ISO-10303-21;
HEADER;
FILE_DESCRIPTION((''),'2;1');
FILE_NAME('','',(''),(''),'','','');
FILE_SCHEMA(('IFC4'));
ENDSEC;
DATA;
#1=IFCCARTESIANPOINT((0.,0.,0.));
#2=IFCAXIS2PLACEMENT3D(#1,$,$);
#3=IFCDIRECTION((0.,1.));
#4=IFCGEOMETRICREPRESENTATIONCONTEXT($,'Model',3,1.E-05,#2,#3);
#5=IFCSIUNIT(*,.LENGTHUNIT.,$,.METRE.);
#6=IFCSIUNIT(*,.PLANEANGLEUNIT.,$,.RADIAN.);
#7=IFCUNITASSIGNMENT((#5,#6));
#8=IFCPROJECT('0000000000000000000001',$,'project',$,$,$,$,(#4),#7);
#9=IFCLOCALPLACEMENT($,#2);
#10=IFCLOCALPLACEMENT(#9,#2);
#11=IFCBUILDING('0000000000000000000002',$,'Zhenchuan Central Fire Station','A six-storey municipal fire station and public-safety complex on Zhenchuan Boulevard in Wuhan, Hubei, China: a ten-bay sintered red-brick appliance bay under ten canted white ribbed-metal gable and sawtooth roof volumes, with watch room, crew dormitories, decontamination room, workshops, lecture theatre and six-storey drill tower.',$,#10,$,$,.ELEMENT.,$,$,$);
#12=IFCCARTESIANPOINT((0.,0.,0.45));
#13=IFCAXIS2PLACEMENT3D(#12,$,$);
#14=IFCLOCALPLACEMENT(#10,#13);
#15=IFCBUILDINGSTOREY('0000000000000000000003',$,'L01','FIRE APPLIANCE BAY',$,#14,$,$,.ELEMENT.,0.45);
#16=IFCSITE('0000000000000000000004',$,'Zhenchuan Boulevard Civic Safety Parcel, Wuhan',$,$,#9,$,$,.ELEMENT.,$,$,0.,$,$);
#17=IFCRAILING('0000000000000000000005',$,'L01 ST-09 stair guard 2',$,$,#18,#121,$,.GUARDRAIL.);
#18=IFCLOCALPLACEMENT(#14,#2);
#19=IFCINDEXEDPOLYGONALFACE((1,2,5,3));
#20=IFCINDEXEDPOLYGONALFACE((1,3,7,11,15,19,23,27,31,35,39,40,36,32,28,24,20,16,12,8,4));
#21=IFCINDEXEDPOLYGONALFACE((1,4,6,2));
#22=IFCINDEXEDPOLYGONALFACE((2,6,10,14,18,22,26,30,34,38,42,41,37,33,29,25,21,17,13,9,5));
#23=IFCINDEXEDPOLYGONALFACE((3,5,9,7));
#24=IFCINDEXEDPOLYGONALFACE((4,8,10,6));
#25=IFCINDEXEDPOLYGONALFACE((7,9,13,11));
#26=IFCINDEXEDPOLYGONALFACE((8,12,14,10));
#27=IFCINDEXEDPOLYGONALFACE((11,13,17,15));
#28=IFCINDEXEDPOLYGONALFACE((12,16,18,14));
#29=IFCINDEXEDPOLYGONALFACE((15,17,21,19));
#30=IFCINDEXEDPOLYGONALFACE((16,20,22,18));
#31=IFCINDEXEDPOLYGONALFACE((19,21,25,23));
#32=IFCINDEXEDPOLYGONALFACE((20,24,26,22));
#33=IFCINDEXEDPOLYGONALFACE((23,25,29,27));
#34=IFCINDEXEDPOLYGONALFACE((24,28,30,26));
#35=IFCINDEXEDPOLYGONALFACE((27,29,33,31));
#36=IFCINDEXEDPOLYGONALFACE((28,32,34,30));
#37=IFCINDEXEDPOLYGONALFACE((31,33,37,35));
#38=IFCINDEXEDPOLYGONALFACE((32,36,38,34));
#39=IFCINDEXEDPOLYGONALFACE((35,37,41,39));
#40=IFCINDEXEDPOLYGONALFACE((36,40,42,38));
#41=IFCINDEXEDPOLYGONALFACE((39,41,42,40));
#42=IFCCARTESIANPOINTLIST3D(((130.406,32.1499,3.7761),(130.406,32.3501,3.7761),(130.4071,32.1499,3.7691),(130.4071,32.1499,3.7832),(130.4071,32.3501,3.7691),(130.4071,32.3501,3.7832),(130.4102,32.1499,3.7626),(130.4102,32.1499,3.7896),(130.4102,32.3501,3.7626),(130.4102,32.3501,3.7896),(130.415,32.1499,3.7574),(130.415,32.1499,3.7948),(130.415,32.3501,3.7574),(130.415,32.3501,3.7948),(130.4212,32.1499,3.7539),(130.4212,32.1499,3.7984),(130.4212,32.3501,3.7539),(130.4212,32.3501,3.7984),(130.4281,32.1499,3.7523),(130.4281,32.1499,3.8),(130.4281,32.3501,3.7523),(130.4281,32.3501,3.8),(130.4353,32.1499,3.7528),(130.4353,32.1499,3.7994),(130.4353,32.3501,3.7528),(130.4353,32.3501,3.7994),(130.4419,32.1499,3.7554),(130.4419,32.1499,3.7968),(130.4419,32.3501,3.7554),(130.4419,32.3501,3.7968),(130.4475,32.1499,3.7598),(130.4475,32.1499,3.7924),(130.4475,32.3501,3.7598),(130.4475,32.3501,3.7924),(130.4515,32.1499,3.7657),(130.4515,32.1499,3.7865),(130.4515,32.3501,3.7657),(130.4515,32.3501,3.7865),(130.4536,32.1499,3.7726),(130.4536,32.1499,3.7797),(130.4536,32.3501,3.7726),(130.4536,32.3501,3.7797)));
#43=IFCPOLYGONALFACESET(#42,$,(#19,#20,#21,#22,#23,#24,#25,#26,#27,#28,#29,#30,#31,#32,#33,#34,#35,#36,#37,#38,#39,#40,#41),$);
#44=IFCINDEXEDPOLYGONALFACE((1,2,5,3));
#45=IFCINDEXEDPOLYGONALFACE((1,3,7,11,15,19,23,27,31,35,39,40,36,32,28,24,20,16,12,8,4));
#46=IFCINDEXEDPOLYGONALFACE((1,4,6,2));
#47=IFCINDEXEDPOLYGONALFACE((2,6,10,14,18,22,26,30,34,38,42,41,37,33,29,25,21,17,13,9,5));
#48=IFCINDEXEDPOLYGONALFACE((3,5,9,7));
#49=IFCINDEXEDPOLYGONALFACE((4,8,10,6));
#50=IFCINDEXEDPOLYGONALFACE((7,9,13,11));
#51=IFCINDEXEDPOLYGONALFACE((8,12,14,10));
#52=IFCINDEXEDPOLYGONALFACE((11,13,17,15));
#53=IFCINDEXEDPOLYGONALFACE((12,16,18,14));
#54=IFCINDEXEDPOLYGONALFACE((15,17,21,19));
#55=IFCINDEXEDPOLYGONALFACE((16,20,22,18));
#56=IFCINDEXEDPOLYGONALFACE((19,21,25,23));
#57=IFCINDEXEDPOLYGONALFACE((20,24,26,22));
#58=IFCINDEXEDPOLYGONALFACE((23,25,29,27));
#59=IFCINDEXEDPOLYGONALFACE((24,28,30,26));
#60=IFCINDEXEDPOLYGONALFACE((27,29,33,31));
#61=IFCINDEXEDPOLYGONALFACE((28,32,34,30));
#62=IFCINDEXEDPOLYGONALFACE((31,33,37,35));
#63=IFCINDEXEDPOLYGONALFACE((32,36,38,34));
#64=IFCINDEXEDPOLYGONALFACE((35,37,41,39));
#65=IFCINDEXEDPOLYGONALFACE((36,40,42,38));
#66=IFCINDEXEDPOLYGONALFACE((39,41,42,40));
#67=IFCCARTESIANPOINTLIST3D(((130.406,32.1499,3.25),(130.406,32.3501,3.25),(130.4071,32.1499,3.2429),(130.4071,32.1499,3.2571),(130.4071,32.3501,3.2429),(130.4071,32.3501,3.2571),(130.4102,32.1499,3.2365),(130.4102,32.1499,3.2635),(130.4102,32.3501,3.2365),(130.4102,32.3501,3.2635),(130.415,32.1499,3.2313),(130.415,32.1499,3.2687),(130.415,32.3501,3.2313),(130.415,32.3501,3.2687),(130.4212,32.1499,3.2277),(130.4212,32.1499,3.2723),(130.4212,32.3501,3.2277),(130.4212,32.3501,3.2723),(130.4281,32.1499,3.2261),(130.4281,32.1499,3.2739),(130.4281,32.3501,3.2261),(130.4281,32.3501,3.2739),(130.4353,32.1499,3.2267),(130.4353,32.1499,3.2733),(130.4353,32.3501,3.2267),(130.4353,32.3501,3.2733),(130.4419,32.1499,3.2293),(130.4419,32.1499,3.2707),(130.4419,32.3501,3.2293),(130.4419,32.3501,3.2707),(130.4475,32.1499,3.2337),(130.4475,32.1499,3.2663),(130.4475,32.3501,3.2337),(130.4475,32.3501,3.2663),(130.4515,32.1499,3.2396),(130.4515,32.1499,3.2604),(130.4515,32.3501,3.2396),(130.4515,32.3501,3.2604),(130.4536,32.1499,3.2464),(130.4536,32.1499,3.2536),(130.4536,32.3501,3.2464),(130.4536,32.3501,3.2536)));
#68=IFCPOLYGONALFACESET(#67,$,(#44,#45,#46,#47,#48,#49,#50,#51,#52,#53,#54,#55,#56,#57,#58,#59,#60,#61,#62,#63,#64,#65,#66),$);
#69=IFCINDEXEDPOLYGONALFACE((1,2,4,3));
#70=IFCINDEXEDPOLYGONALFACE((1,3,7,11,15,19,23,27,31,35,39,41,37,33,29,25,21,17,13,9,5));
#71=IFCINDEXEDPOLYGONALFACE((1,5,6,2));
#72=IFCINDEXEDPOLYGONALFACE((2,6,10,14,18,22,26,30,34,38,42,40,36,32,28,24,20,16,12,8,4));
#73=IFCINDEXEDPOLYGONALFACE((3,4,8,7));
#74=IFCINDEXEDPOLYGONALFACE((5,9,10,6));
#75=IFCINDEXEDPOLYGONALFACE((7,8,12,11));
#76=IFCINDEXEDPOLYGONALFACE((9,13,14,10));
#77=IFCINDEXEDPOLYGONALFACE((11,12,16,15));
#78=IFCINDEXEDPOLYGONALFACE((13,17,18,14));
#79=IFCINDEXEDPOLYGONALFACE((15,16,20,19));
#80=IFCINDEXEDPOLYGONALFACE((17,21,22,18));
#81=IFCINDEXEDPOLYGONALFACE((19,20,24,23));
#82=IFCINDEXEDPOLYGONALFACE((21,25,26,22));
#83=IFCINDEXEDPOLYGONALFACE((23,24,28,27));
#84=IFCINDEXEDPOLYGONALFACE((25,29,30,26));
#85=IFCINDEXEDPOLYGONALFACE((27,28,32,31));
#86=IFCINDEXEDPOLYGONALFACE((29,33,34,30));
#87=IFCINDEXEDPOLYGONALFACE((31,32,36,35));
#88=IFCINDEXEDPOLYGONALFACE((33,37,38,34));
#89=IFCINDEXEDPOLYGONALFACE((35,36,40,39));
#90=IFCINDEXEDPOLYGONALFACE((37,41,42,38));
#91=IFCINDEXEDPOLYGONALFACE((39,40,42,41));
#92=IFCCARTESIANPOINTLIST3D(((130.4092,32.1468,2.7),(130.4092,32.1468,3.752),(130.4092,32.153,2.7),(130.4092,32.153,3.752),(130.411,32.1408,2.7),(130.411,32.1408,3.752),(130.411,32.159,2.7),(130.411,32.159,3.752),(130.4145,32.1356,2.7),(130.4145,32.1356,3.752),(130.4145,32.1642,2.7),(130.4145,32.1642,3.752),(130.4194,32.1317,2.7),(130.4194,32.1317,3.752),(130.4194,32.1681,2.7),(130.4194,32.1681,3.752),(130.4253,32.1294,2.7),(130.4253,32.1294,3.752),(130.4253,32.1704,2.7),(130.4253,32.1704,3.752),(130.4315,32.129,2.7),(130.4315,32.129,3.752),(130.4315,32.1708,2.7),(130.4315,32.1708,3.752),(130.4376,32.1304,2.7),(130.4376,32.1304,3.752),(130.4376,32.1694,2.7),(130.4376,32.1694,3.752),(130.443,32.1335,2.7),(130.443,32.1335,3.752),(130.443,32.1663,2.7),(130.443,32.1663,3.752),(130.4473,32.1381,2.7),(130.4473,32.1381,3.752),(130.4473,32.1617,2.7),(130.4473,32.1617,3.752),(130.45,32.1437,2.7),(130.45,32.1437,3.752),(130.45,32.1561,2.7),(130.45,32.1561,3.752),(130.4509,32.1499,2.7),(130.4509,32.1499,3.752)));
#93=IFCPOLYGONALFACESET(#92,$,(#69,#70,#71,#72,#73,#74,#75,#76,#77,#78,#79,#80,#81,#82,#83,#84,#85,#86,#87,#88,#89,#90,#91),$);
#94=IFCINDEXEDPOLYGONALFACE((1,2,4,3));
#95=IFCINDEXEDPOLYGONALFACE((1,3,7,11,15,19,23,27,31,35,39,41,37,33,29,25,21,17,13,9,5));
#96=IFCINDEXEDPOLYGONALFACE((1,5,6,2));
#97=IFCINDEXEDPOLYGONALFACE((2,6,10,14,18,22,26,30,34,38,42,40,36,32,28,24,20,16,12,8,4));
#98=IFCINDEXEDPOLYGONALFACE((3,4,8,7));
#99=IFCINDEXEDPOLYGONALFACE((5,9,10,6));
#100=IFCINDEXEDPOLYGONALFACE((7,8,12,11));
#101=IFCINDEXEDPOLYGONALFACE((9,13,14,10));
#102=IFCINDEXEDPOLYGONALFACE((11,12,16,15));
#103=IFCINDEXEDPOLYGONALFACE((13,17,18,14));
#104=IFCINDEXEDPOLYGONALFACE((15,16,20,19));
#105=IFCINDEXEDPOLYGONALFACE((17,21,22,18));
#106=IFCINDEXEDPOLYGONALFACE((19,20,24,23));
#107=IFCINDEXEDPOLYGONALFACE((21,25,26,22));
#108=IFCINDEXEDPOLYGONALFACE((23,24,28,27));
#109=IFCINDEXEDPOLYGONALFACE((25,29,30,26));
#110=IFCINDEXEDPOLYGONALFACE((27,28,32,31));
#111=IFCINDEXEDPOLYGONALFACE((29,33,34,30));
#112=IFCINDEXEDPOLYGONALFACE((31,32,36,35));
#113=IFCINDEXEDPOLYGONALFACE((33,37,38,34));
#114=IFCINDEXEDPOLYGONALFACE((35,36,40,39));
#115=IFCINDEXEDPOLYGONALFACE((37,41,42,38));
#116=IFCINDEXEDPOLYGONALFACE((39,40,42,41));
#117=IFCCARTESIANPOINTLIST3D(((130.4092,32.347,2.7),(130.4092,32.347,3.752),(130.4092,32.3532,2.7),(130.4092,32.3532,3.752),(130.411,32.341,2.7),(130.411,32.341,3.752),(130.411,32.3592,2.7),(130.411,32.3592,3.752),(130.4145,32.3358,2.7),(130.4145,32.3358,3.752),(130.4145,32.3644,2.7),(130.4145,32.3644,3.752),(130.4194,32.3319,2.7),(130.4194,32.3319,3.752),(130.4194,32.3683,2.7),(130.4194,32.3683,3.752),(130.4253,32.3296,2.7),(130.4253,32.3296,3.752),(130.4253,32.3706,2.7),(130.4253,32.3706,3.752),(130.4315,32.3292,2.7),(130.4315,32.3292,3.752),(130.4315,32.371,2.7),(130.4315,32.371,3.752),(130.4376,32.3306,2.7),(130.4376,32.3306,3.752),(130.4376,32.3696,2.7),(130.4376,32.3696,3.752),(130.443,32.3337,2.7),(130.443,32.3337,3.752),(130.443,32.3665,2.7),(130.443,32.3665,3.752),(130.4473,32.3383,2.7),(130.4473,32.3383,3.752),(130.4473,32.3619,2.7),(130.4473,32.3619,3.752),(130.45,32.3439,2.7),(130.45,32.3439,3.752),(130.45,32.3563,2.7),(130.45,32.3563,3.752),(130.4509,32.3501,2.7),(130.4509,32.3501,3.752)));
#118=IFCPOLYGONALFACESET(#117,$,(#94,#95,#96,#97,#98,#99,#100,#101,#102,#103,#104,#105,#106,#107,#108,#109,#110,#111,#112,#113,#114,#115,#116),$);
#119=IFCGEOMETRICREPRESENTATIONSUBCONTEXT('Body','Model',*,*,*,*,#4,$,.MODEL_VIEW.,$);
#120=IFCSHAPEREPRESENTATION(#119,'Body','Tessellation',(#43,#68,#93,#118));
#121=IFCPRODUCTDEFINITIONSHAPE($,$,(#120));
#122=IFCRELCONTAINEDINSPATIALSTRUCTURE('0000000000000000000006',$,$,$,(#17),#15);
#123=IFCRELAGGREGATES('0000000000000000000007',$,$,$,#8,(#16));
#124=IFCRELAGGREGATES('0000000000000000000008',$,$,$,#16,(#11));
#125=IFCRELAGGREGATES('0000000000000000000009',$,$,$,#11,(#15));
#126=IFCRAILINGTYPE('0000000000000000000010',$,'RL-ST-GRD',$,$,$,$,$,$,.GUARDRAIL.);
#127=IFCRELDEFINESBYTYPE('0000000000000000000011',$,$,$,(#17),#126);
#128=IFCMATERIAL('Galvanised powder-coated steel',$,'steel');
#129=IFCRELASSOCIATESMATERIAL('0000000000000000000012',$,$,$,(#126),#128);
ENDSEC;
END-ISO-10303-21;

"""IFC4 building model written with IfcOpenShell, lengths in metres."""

from ifc_helpers import new_model, si_unit, direction, frame, origin, origin_2d, place, context, subcontext, project, spatial, circle, extrude, material, type_object, element, save


model = new_model("IFC4")

# Units and contexts
model_context = context("Model", 3, precision=1e-05, world=origin(), true_north=direction((0.0, 1.0)))
body_context = subcontext(model_context, "Body", "Model", "MODEL_VIEW")
ifc_project = project(units=[si_unit("LENGTHUNIT", "METRE"), si_unit("PLANEANGLEUNIT", "RADIAN")], contexts=[model_context])

# Site, building, storey
site_placement = place(None, origin())
site = spatial("IfcSite", under=ifc_project, at=site_placement, Name="Zhenchuan Boulevard Civic Safety Parcel, Wuhan", CompositionType="ELEMENT", RefElevation=0.0)
building_placement = place(site_placement, origin())
building = spatial("IfcBuilding", under=site, at=building_placement, Name="Zhenchuan Central Fire Station", Description="A six-storey municipal fire station and public-safety complex on Zhenchuan Boulevard in Wuhan, Hubei, China: a ten-bay sintered red-brick appliance bay under ten canted white ribbed-metal gable and sawtooth roof volumes, with watch room, crew dormitories, decontamination room, workshops, lecture theatre and six-storey drill tower.", CompositionType="ELEMENT")
storey_placement = place(building_placement, frame((0.0, 0.0, 0.45)))
storey = spatial("IfcBuildingStorey", under=building, at=storey_placement, Name="L01", Description="FIRE APPLIANCE BAY", CompositionType="ELEMENT", Elevation=0.45)

# Railing
ifc_material_1 = material(Name="Galvanised powder-coated steel", Category="steel")
railing_type_1 = type_object("IfcRailingType", Name="RL-ST-GRD", PredefinedType="GUARDRAIL", material=ifc_material_1)
railing_1_placement = place(storey_placement, frame((130.4299, 32.1499, 2.7)))
element("IfcRailing", 1, at=railing_1_placement, inside=storey, type_object=railing_type_1, Name="L01 ST-09 stair guard 2", PredefinedType="GUARDRAIL", context=body_context, shape_type="SweptSolid", body=[
    extrude(circle(Radius=0.0239, at=origin_2d()), frame((0.0, 0.0, 1.0762), z_axis=(0.0, 1.0, 0.0), x_axis=(-1.0, 0.0, 0.0)), (0.0, 0.0, 1.0), 0.2002),
    extrude(circle(Radius=0.0239, at=origin_2d()), frame((0.0, 0.0, 0.55), z_axis=(0.0, 1.0, 0.0), x_axis=(-1.0, 0.0, 0.0)), (0.0, 0.0, 1.0), 0.2002),
    extrude(circle(Radius=0.021, at=origin_2d()), origin(), (0.0, 0.0, 1.0), 1.052),
    extrude(circle(Radius=0.021, at=origin_2d()), frame((0.0, 0.2002, 0.0)), (0.0, 0.0, 1.0), 1.052),
])

save(model, "model.ifc")
